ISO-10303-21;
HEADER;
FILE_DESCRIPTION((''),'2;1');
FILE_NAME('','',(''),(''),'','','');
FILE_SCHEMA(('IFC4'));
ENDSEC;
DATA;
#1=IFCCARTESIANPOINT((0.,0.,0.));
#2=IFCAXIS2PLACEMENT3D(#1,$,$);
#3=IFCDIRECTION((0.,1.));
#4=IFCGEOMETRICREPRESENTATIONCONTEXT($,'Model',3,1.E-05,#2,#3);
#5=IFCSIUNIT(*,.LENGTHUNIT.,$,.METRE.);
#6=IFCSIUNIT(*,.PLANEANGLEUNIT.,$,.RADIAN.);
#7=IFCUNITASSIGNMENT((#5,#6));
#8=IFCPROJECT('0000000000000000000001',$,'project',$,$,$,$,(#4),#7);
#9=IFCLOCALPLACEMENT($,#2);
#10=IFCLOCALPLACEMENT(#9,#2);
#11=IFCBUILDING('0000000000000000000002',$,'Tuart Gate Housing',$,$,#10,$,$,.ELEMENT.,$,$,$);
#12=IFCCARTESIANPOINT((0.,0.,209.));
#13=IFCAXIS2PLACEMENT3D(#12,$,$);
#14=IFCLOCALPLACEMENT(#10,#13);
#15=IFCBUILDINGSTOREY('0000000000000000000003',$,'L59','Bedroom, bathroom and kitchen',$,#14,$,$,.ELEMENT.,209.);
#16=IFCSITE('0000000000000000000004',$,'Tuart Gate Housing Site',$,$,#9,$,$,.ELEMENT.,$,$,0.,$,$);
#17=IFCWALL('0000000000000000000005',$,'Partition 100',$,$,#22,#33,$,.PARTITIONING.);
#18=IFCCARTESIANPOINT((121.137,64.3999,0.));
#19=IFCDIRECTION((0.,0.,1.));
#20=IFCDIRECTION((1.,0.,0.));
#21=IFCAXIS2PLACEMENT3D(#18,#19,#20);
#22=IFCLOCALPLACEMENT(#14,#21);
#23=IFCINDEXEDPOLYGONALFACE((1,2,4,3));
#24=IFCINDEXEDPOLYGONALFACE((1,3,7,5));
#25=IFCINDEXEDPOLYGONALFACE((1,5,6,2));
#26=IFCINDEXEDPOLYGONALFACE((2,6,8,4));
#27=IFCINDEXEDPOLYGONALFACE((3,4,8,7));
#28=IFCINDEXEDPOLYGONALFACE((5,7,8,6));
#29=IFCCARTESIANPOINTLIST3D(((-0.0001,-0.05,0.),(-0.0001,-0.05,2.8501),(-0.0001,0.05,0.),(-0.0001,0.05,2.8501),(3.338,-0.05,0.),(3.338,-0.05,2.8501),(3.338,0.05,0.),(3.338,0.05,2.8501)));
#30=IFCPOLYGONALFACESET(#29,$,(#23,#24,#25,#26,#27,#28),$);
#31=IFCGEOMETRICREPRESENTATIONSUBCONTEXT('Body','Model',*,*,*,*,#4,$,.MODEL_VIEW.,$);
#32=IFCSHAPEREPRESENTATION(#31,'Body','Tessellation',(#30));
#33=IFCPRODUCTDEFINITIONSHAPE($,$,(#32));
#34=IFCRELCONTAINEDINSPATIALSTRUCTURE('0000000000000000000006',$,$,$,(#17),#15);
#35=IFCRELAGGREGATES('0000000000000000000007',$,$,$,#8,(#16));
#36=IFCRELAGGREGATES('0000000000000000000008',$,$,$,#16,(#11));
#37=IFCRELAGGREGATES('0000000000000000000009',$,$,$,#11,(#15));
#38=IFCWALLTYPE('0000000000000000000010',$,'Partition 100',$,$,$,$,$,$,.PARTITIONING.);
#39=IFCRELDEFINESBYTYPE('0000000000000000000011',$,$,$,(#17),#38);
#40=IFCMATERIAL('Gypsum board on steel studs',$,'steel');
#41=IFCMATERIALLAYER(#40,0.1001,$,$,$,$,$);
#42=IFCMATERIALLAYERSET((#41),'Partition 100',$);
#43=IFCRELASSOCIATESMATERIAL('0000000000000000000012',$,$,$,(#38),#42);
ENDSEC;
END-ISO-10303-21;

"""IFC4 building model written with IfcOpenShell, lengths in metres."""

from ifc_helpers import new_model, si_unit, direction, frame, frame_2d, origin, place, context, subcontext, project, spatial, rectangle, extrude, material, layer, layer_set, type_object, element, save


model = new_model("IFC4")

# Units and contexts
model_context = context("Model", 3, precision=1e-05, world=origin(), true_north=direction((0.0, 1.0)))
body_context = subcontext(model_context, "Body", "Model", "MODEL_VIEW")
ifc_project = project(units=[si_unit("LENGTHUNIT", "METRE"), si_unit("PLANEANGLEUNIT", "RADIAN")], contexts=[model_context])

# Site, building, storey
site_placement = place(None, origin())
site = spatial("IfcSite", under=ifc_project, at=site_placement, Name="Tuart Gate Housing Site", CompositionType="ELEMENT", RefElevation=0.0)
building_placement = place(site_placement, origin())
building = spatial("IfcBuilding", under=site, at=building_placement, Name="Tuart Gate Housing", CompositionType="ELEMENT")
storey_placement = place(building_placement, frame((0.0, 0.0, 209.0)))
storey = spatial("IfcBuildingStorey", under=building, at=storey_placement, Name="L59", Description="Bedroom, bathroom and kitchen", CompositionType="ELEMENT", Elevation=209.0)

# Shared definitions
ifc_material_1 = material(Name="Gypsum board on steel studs", Category="steel")
ifc_layer_1 = layer(ifc_material_1, 0.1001)
ifc_layer_set_1 = layer_set([ifc_layer_1], Name="Partition 100")
wall_type_1 = type_object("IfcWallType", Name="Partition 100", PredefinedType="PARTITIONING", material=ifc_layer_set_1)

# Wall
wall_1_placement = place(storey_placement, frame((121.137, 64.3999, 0.0), z_axis=(0.0, 0.0, 1.0), x_axis=(1.0, 0.0, 0.0)))
element("IfcWall", 1, at=wall_1_placement, inside=storey, type_object=wall_type_1, Name="Partition 100", PredefinedType="PARTITIONING", context=body_context, shape_type="SweptSolid", body=[
    extrude(rectangle(XDim=3.3381, YDim=0.1001, at=frame_2d((1.6689, 0.0))), origin(), (0.0, 0.0, 1.0), 2.8501),
])

save(model, "model.ifc")
